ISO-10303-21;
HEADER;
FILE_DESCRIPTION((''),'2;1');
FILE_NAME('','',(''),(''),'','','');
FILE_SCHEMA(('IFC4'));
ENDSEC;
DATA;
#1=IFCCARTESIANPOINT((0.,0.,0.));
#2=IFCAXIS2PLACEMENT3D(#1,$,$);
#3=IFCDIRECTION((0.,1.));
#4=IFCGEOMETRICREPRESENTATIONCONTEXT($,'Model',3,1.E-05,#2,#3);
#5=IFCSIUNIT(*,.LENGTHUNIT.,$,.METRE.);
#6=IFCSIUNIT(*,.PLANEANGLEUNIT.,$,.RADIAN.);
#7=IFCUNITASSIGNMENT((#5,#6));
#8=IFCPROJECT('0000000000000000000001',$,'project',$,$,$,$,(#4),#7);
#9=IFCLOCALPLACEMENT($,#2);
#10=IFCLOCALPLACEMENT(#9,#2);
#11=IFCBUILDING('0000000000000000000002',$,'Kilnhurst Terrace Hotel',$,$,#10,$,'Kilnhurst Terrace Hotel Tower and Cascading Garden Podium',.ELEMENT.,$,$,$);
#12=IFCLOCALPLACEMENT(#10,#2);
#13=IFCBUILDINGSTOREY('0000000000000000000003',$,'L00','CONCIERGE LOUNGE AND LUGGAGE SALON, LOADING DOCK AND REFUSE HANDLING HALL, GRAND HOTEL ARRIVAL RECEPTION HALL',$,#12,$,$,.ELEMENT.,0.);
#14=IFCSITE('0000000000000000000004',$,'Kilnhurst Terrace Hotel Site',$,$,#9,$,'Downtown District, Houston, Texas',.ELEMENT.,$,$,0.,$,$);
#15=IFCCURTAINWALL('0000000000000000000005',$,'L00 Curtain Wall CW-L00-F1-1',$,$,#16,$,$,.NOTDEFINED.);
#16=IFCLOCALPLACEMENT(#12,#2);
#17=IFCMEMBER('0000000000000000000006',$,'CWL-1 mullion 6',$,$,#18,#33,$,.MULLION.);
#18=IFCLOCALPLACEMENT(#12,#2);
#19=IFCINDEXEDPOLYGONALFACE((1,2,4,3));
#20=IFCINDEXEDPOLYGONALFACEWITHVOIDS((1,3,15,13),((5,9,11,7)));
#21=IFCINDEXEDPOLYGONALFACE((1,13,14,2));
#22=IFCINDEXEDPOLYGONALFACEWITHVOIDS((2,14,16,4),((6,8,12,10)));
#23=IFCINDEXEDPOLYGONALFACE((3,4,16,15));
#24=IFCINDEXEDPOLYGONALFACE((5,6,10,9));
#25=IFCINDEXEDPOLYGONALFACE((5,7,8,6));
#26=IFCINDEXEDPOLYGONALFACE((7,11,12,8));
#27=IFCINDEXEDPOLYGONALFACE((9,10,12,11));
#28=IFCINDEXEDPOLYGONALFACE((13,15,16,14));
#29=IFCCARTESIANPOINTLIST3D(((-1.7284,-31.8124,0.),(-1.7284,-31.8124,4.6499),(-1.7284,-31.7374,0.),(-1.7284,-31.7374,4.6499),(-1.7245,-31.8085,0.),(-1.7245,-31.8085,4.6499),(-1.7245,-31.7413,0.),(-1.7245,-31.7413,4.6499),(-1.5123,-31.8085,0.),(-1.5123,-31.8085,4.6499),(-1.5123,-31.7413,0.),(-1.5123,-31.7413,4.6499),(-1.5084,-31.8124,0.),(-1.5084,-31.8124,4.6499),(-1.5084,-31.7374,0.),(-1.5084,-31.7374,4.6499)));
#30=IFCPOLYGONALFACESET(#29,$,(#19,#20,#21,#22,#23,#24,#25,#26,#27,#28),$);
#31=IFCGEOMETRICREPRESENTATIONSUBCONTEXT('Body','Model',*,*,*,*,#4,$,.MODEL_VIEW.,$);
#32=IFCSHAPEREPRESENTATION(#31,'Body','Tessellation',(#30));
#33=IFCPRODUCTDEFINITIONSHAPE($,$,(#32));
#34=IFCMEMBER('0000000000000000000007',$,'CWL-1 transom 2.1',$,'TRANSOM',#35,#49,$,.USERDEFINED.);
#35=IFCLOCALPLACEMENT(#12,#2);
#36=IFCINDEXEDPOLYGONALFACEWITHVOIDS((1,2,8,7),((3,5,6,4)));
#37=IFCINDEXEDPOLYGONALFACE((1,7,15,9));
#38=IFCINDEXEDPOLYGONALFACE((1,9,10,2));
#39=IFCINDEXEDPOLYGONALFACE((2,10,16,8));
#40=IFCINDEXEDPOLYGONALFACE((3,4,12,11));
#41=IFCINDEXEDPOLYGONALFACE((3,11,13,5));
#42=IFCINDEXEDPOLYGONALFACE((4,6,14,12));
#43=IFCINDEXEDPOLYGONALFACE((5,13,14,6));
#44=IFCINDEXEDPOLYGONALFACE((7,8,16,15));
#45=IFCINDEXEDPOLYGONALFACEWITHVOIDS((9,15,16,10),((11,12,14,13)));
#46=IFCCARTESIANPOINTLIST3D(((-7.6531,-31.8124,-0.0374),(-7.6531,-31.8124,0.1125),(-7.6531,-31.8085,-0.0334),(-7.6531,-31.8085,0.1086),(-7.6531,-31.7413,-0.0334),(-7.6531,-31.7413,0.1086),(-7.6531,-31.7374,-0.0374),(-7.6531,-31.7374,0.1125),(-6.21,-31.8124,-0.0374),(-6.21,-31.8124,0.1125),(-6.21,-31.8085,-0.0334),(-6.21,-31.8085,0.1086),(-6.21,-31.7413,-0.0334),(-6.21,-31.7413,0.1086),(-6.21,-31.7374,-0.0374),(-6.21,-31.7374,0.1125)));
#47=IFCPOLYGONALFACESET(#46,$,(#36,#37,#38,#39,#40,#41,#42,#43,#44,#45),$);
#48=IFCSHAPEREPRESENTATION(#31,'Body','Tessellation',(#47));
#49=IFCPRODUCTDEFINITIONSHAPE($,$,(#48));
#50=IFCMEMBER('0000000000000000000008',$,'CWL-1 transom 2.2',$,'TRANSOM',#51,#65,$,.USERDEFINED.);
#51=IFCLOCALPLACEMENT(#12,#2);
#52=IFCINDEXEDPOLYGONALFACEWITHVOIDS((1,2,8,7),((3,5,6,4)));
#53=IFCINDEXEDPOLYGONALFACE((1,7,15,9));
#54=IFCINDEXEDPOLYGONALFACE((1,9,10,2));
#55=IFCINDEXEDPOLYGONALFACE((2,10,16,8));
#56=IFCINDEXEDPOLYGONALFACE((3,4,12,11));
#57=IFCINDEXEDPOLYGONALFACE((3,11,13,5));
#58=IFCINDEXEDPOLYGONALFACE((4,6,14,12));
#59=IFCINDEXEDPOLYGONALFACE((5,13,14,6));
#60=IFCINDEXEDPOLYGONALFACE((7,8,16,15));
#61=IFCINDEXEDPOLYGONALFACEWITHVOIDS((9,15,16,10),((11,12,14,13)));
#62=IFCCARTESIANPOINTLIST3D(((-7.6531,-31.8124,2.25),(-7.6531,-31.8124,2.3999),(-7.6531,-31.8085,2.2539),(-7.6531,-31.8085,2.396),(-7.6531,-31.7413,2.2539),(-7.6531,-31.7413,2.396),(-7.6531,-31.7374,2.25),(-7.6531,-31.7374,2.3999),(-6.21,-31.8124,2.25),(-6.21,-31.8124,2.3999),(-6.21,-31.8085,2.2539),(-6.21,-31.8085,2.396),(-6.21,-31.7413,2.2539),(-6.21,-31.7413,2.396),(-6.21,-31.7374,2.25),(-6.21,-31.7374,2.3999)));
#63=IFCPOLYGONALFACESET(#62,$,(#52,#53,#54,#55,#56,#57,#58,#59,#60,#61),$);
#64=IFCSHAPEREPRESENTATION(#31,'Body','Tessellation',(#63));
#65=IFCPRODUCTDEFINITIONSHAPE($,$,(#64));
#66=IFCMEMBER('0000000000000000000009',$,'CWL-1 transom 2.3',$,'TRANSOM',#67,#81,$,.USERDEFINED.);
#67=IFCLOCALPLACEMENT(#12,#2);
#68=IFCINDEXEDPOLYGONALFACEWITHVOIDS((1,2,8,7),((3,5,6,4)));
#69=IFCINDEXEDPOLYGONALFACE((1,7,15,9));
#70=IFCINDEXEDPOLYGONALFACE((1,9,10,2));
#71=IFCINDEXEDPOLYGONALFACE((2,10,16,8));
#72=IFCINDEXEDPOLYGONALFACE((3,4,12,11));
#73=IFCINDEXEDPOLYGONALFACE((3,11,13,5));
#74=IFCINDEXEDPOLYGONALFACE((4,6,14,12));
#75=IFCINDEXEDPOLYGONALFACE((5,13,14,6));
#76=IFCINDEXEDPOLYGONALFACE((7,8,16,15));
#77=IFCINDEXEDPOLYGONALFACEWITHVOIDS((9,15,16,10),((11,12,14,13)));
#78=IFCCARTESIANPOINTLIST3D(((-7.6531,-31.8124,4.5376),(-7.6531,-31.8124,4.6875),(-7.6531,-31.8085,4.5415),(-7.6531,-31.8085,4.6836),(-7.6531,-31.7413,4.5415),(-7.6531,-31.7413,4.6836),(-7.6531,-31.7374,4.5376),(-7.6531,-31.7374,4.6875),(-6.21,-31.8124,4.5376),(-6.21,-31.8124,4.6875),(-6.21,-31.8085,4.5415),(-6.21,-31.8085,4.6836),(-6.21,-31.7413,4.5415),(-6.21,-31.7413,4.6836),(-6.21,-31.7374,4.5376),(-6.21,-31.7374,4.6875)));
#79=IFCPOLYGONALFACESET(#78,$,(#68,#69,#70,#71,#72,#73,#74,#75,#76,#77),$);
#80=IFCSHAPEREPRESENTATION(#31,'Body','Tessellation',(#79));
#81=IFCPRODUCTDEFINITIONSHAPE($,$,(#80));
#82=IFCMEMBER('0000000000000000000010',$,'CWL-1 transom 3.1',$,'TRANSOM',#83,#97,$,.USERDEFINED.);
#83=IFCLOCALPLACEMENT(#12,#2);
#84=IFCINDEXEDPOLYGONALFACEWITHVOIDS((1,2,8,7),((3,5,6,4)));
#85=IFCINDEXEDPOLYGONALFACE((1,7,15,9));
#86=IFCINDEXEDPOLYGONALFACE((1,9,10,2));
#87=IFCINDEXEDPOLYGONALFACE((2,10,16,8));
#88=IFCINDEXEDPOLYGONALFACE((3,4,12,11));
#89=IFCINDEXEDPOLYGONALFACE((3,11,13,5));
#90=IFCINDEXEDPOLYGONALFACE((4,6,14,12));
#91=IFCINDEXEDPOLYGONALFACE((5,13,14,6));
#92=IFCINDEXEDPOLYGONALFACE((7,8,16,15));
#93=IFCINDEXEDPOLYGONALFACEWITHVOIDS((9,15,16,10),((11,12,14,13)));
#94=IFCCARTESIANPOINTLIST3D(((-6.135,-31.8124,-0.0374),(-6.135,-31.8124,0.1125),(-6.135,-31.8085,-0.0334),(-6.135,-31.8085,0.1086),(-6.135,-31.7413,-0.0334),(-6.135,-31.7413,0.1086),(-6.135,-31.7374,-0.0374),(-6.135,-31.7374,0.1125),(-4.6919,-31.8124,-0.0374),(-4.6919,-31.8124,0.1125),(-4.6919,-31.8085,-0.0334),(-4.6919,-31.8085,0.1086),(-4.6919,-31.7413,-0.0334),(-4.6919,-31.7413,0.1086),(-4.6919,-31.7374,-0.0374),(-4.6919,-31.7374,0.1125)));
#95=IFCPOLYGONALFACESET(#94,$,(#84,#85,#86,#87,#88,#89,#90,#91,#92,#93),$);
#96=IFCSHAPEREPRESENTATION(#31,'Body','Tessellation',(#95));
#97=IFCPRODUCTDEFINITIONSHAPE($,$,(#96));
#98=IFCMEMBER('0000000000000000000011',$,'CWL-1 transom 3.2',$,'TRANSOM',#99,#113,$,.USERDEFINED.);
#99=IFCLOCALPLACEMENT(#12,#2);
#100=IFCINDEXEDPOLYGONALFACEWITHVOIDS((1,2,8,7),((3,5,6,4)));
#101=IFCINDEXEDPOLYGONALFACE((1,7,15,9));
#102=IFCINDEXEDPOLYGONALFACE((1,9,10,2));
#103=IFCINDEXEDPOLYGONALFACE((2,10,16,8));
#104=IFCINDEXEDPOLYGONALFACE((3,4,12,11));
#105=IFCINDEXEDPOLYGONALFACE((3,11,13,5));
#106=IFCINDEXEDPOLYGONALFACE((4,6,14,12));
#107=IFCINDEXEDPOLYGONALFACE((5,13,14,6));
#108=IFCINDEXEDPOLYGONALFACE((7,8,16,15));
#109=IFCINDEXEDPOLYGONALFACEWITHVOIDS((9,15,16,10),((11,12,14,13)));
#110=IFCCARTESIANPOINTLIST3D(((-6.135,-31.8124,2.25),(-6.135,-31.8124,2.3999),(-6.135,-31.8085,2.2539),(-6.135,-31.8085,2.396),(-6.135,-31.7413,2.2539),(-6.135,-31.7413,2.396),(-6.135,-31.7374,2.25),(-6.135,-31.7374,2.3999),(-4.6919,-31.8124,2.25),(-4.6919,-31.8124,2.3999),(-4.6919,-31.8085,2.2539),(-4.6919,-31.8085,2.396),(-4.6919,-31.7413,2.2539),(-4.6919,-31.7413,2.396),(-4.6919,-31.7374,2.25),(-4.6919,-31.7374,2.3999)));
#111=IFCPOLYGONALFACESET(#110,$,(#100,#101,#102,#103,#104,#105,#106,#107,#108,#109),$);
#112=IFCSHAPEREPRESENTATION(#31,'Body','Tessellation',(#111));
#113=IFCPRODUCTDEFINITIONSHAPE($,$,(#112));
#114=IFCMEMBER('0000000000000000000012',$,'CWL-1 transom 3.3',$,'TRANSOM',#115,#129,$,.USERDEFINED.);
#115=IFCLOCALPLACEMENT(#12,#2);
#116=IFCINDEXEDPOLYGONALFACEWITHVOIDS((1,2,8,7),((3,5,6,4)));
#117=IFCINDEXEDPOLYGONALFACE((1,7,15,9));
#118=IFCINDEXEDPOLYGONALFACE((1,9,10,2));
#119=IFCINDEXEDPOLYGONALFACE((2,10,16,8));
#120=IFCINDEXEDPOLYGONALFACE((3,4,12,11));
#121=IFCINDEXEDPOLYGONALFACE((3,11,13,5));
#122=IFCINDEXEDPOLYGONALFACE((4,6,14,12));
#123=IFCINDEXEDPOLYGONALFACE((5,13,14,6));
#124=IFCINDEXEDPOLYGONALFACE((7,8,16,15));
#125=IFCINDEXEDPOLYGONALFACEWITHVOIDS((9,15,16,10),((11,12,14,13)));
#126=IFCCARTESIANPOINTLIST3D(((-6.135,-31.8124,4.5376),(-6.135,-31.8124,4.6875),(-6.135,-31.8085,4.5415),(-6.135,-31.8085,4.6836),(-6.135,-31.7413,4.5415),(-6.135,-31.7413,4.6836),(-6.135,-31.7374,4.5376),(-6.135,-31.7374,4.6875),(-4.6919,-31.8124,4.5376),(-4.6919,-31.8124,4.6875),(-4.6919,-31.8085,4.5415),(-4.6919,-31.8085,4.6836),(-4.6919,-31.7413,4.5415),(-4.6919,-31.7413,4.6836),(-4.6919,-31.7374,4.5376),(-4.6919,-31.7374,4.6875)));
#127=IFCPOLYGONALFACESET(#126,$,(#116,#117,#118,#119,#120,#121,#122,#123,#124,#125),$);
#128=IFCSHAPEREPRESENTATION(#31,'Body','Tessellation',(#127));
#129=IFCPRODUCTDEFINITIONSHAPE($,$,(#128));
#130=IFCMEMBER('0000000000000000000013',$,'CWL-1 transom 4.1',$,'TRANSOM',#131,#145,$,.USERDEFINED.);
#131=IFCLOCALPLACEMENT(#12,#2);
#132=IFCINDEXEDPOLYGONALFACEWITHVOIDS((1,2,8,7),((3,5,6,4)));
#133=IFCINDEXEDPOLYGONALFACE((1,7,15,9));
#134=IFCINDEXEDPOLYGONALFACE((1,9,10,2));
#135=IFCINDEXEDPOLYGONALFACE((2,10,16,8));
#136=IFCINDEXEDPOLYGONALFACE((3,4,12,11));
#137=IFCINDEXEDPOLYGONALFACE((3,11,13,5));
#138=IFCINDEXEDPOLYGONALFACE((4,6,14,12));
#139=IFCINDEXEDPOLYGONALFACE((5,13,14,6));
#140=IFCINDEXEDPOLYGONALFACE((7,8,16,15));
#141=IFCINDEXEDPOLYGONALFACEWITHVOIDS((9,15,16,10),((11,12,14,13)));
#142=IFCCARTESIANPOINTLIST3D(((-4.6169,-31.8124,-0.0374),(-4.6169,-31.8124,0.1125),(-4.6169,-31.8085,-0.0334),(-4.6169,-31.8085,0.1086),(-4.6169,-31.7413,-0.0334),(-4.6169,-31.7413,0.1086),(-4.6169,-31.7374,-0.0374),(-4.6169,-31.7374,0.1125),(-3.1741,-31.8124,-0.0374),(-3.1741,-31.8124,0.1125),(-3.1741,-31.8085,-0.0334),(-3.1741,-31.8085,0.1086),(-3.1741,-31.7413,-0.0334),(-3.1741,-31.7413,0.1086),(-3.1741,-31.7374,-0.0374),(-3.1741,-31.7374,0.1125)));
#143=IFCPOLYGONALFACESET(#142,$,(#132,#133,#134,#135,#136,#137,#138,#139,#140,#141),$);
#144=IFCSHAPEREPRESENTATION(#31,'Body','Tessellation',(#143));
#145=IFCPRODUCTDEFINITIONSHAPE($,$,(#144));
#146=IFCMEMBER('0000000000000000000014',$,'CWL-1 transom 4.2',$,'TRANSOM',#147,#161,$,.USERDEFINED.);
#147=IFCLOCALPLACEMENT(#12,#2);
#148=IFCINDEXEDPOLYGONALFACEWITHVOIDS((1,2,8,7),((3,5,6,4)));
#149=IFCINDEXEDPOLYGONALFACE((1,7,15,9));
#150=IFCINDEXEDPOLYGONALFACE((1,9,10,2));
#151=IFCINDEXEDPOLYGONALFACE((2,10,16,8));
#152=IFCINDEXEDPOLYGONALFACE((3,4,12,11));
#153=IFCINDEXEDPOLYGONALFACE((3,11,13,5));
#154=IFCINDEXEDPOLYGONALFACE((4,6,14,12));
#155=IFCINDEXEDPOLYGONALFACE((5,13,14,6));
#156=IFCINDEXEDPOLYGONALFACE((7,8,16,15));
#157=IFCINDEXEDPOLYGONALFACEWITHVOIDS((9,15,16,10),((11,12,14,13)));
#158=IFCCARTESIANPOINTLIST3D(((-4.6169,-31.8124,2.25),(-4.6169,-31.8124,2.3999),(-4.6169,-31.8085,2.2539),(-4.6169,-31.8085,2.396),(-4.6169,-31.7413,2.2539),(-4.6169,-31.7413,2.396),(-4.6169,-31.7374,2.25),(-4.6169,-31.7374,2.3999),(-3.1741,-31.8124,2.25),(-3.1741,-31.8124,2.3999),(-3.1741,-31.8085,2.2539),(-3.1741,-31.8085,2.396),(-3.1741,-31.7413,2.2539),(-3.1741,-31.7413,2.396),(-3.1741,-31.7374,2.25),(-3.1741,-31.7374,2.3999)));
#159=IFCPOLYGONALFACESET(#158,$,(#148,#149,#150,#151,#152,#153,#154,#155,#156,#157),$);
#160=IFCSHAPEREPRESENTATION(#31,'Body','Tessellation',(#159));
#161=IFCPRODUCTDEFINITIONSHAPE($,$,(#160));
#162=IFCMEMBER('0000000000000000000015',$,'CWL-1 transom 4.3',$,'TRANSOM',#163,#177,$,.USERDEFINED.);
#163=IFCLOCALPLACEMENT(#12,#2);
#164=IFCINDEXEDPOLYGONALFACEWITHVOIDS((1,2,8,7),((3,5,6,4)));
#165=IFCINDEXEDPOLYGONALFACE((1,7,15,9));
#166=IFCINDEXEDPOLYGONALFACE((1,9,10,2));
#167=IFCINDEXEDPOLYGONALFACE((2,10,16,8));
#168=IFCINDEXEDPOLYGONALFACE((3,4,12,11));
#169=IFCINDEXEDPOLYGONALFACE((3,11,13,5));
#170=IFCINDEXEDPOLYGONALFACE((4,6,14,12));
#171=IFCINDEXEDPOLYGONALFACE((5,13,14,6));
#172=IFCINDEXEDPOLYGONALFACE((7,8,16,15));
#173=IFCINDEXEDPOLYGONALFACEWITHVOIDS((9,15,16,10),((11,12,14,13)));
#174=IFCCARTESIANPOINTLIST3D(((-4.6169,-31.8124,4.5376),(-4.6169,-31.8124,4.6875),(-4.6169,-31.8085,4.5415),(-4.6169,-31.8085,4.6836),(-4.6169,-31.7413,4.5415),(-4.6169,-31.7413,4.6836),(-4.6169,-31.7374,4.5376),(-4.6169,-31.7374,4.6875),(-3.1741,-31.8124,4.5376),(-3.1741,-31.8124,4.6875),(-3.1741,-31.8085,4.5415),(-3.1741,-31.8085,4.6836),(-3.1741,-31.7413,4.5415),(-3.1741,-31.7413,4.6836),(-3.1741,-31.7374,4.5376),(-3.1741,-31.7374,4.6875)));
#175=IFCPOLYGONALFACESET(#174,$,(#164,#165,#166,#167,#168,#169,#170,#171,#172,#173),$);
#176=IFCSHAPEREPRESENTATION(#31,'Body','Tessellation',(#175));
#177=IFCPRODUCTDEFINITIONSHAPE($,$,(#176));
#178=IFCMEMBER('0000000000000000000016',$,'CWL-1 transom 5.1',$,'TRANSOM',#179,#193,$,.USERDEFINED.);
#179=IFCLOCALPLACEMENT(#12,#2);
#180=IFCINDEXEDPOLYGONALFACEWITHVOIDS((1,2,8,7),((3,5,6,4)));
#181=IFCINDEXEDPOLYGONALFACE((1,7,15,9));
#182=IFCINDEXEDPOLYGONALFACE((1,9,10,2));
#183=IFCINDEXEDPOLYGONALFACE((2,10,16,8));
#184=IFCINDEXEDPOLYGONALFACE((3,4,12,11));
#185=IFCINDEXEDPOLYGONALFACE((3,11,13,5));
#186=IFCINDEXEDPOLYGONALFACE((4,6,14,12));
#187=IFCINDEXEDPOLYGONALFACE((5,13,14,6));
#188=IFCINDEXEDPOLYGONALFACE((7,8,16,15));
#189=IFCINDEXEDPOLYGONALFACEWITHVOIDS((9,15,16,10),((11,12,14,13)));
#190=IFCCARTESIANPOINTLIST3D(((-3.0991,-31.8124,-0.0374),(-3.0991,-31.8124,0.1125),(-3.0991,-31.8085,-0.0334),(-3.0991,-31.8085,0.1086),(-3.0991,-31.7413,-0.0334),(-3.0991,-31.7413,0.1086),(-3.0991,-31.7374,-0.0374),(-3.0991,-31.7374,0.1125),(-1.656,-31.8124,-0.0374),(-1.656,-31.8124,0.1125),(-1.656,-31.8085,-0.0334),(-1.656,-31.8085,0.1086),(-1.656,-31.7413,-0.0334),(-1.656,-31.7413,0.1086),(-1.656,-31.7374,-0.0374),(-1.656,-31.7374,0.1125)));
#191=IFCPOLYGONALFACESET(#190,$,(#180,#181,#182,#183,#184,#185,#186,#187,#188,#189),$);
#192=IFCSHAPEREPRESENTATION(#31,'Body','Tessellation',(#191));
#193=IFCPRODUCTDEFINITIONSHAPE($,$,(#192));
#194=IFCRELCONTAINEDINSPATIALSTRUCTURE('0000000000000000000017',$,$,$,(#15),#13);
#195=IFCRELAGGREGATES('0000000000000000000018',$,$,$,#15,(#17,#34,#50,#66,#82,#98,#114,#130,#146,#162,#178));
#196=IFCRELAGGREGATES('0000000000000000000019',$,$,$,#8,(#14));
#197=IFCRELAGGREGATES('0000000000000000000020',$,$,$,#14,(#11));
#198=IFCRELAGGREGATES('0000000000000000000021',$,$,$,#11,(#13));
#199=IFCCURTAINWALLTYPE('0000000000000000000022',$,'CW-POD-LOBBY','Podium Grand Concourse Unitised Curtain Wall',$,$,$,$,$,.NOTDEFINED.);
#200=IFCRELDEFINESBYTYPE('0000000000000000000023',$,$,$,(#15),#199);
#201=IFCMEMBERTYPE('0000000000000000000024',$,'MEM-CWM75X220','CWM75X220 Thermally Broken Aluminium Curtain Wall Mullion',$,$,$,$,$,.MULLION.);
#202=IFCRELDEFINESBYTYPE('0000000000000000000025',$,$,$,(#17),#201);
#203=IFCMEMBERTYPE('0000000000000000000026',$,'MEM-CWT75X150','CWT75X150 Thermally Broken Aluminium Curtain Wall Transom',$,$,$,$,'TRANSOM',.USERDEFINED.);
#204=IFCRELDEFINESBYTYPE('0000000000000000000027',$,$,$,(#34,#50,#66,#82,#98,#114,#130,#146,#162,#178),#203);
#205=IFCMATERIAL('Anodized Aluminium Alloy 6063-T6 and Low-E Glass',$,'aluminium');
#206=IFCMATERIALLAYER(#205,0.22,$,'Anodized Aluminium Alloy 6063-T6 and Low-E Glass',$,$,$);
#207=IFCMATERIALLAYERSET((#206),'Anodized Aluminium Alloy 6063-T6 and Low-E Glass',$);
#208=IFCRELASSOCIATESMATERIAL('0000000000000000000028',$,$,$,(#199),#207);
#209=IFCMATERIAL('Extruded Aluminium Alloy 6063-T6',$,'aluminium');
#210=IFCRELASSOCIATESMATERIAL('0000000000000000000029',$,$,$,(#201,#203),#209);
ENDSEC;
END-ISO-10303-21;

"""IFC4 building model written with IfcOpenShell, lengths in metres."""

from ifc_helpers import new_model, si_unit, direction, frame, origin, origin_2d, place, context, subcontext, project, spatial, hollow_rectangle, extrude, material, layer, layer_set, material_profile, profile_set, type_object, element, aggregate, save


model = new_model("IFC4")

# Units and contexts
model_context = context("Model", 3, precision=1e-05, world=origin(), true_north=direction((0.0, 1.0)))
body_context = subcontext(model_context, "Body", "Model", "MODEL_VIEW")
ifc_project = project(units=[si_unit("LENGTHUNIT", "METRE"), si_unit("PLANEANGLEUNIT", "RADIAN")], contexts=[model_context])

# Site, building, storey
site_placement = place(None, origin())
site = spatial("IfcSite", under=ifc_project, at=site_placement, Name="Kilnhurst Terrace Hotel Site", LongName="Downtown District, Houston, Texas", CompositionType="ELEMENT", RefElevation=0.0)
building_placement = place(site_placement, origin())
building = spatial("IfcBuilding", under=site, at=building_placement, Name="Kilnhurst Terrace Hotel", LongName="Kilnhurst Terrace Hotel Tower and Cascading Garden Podium", CompositionType="ELEMENT")
storey_placement = place(building_placement, origin())
storey = spatial("IfcBuildingStorey", under=building, at=storey_placement, Name="L00", Description="CONCIERGE LOUNGE AND LUGGAGE SALON, LOADING DOCK AND REFUSE HANDLING HALL, GRAND HOTEL ARRIVAL RECEPTION HALL", CompositionType="ELEMENT", Elevation=0.0)

# Curtain wall, members
ifc_material_1 = material(Name="Anodized Aluminium Alloy 6063-T6 and Low-E Glass", Category="aluminium")
ifc_layer_1 = layer(ifc_material_1, 0.22, Name="Anodized Aluminium Alloy 6063-T6 and Low-E Glass")
ifc_layer_set_1 = layer_set([ifc_layer_1], Name="Anodized Aluminium Alloy 6063-T6 and Low-E Glass")
curtain_wall_type = type_object("IfcCurtainWallType", Name="CW-POD-LOBBY", Description="Podium Grand Concourse Unitised Curtain Wall", PredefinedType="NOTDEFINED", material=ifc_layer_set_1)
curtain_wall_placement = place(storey_placement, origin())
curtain_wall = element("IfcCurtainWall", 1, at=curtain_wall_placement, inside=storey, type_object=curtain_wall_type, Name="L00 Curtain Wall CW-L00-F1-1", PredefinedType="NOTDEFINED")
ifc_material_2 = material(Name="Extruded Aluminium Alloy 6063-T6", Category="aluminium")
ifc_material_profile_1 = material_profile(ifc_material_2, hollow_rectangle(XDim=0.075, YDim=0.22, WallThickness=0.0039, at=origin_2d()), Name="CWM75X220")
ifc_profile_set_1 = profile_set([ifc_material_profile_1], Name="Extruded Aluminium Alloy 6063-T6")
member_type_1 = type_object("IfcMemberType", Name="MEM-CWM75X220", Description="CWM75X220 Thermally Broken Aluminium Curtain Wall Mullion", PredefinedType="MULLION", material=ifc_profile_set_1)
member_1_placement = place(storey_placement, frame((-1.6184, -31.7749, 0.0), z_axis=(0.0, 0.0, 1.0), x_axis=(0.0, 1.0, 0.0)))
member_1 = element("IfcMember", 2, at=member_1_placement, type_object=member_type_1, Name="CWL-1 mullion 6", PredefinedType="MULLION", context=body_context, shape_type="SweptSolid", body=[
    extrude(hollow_rectangle(XDim=0.075, YDim=0.22, WallThickness=0.0039, at=origin_2d()), origin(), (0.0, 0.0, 1.0), 4.6499),
])
ifc_material_profile_2 = material_profile(ifc_material_2, hollow_rectangle(XDim=0.075, YDim=0.1499, WallThickness=0.0039, at=origin_2d()), Name="CWT75X150")
ifc_profile_set_2 = profile_set([ifc_material_profile_2], Name="Extruded Aluminium Alloy 6063-T6")
member_type_2 = type_object("IfcMemberType", Name="MEM-CWT75X150", Description="CWT75X150 Thermally Broken Aluminium Curtain Wall Transom", ElementType="TRANSOM", PredefinedType="USERDEFINED", material=ifc_profile_set_2)
member_2_placement = place(storey_placement, frame((-7.6531, -31.7749, 0.0376), z_axis=(1.0, 0.0, 0.0), x_axis=(0.0, 1.0, 0.0)))
member_2 = element("IfcMember", 3, at=member_2_placement, type_object=member_type_2, Name="CWL-1 transom 2.1", ObjectType="TRANSOM", PredefinedType="USERDEFINED", context=body_context, shape_type="SweptSolid", body=[
    extrude(hollow_rectangle(XDim=0.075, YDim=0.1499, WallThickness=0.0039, at=origin_2d()), origin(), (0.0, 0.0, 1.0), 1.4431),
])
member_3_placement = place(storey_placement, frame((-7.6531, -31.7749, 2.325), z_axis=(1.0, 0.0, 0.0), x_axis=(0.0, 1.0, 0.0)))
member_3 = element("IfcMember", 4, at=member_3_placement, type_object=member_type_2, Name="CWL-1 transom 2.2", ObjectType="TRANSOM", PredefinedType="USERDEFINED", context=body_context, shape_type="SweptSolid", body=[
    extrude(hollow_rectangle(XDim=0.075, YDim=0.1499, WallThickness=0.0039, at=origin_2d()), origin(), (0.0, 0.0, 1.0), 1.4431),
])
member_4_placement = place(storey_placement, frame((-7.6531, -31.7749, 4.6125), z_axis=(1.0, 0.0, 0.0), x_axis=(0.0, 1.0, 0.0)))
member_4 = element("IfcMember", 5, at=member_4_placement, type_object=member_type_2, Name="CWL-1 transom 2.3", ObjectType="TRANSOM", PredefinedType="USERDEFINED", context=body_context, shape_type="SweptSolid", body=[
    extrude(hollow_rectangle(XDim=0.075, YDim=0.1499, WallThickness=0.0039, at=origin_2d()), origin(), (0.0, 0.0, 1.0), 1.4431),
])
member_5_placement = place(storey_placement, frame((-6.135, -31.7749, 0.0376), z_axis=(1.0, 0.0, 0.0), x_axis=(0.0, 1.0, 0.0)))
member_5 = element("IfcMember", 6, at=member_5_placement, type_object=member_type_2, Name="CWL-1 transom 3.1", ObjectType="TRANSOM", PredefinedType="USERDEFINED", context=body_context, shape_type="SweptSolid", body=[
    extrude(hollow_rectangle(XDim=0.075, YDim=0.1499, WallThickness=0.0039, at=origin_2d()), origin(), (0.0, 0.0, 1.0), 1.4431),
])
member_6_placement = place(storey_placement, frame((-6.135, -31.7749, 2.325), z_axis=(1.0, 0.0, 0.0), x_axis=(0.0, 1.0, 0.0)))
member_6 = element("IfcMember", 7, at=member_6_placement, type_object=member_type_2, Name="CWL-1 transom 3.2", ObjectType="TRANSOM", PredefinedType="USERDEFINED", context=body_context, shape_type="SweptSolid", body=[
    extrude(hollow_rectangle(XDim=0.075, YDim=0.1499, WallThickness=0.0039, at=origin_2d()), origin(), (0.0, 0.0, 1.0), 1.4431),
])
member_7_placement = place(storey_placement, frame((-6.135, -31.7749, 4.6125), z_axis=(1.0, 0.0, 0.0), x_axis=(0.0, 1.0, 0.0)))
member_7 = element("IfcMember", 8, at=member_7_placement, type_object=member_type_2, Name="CWL-1 transom 3.3", ObjectType="TRANSOM", PredefinedType="USERDEFINED", context=body_context, shape_type="SweptSolid", body=[
    extrude(hollow_rectangle(XDim=0.075, YDim=0.1499, WallThickness=0.0039, at=origin_2d()), origin(), (0.0, 0.0, 1.0), 1.4431),
])
member_8_placement = place(storey_placement, frame((-4.6169, -31.7749, 0.0376), z_axis=(1.0, 0.0, 0.0), x_axis=(0.0, 1.0, 0.0)))
member_8 = element("IfcMember", 9, at=member_8_placement, type_object=member_type_2, Name="CWL-1 transom 4.1", ObjectType="TRANSOM", PredefinedType="USERDEFINED", context=body_context, shape_type="SweptSolid", body=[
    extrude(hollow_rectangle(XDim=0.075, YDim=0.1499, WallThickness=0.0039, at=origin_2d()), origin(), (0.0, 0.0, 1.0), 1.4429),
])
member_9_placement = place(storey_placement, frame((-4.6169, -31.7749, 2.325), z_axis=(1.0, 0.0, 0.0), x_axis=(0.0, 1.0, 0.0)))
member_9 = element("IfcMember", 10, at=member_9_placement, type_object=member_type_2, Name="CWL-1 transom 4.2", ObjectType="TRANSOM", PredefinedType="USERDEFINED", context=body_context, shape_type="SweptSolid", body=[
    extrude(hollow_rectangle(XDim=0.075, YDim=0.1499, WallThickness=0.0039, at=origin_2d()), origin(), (0.0, 0.0, 1.0), 1.4429),
])
member_10_placement = place(storey_placement, frame((-4.6169, -31.7749, 4.6125), z_axis=(1.0, 0.0, 0.0), x_axis=(0.0, 1.0, 0.0)))
member_10 = element("IfcMember", 11, at=member_10_placement, type_object=member_type_2, Name="CWL-1 transom 4.3", ObjectType="TRANSOM", PredefinedType="USERDEFINED", context=body_context, shape_type="SweptSolid", body=[
    extrude(hollow_rectangle(XDim=0.075, YDim=0.1499, WallThickness=0.0039, at=origin_2d()), origin(), (0.0, 0.0, 1.0), 1.4429),
])
member_11_placement = place(storey_placement, frame((-3.0991, -31.7749, 0.0376), z_axis=(1.0, 0.0, 0.0), x_axis=(0.0, 1.0, 0.0)))
member_11 = element("IfcMember", 12, at=member_11_placement, type_object=member_type_2, Name="CWL-1 transom 5.1", ObjectType="TRANSOM", PredefinedType="USERDEFINED", context=body_context, shape_type="SweptSolid", body=[
    extrude(hollow_rectangle(XDim=0.075, YDim=0.1499, WallThickness=0.0039, at=origin_2d()), origin(), (0.0, 0.0, 1.0), 1.4431),
])
aggregate(curtain_wall, [member_1, member_2, member_3, member_4, member_5, member_6, member_7, member_8, member_9, member_10, member_11])

save(model, "model.ifc")
